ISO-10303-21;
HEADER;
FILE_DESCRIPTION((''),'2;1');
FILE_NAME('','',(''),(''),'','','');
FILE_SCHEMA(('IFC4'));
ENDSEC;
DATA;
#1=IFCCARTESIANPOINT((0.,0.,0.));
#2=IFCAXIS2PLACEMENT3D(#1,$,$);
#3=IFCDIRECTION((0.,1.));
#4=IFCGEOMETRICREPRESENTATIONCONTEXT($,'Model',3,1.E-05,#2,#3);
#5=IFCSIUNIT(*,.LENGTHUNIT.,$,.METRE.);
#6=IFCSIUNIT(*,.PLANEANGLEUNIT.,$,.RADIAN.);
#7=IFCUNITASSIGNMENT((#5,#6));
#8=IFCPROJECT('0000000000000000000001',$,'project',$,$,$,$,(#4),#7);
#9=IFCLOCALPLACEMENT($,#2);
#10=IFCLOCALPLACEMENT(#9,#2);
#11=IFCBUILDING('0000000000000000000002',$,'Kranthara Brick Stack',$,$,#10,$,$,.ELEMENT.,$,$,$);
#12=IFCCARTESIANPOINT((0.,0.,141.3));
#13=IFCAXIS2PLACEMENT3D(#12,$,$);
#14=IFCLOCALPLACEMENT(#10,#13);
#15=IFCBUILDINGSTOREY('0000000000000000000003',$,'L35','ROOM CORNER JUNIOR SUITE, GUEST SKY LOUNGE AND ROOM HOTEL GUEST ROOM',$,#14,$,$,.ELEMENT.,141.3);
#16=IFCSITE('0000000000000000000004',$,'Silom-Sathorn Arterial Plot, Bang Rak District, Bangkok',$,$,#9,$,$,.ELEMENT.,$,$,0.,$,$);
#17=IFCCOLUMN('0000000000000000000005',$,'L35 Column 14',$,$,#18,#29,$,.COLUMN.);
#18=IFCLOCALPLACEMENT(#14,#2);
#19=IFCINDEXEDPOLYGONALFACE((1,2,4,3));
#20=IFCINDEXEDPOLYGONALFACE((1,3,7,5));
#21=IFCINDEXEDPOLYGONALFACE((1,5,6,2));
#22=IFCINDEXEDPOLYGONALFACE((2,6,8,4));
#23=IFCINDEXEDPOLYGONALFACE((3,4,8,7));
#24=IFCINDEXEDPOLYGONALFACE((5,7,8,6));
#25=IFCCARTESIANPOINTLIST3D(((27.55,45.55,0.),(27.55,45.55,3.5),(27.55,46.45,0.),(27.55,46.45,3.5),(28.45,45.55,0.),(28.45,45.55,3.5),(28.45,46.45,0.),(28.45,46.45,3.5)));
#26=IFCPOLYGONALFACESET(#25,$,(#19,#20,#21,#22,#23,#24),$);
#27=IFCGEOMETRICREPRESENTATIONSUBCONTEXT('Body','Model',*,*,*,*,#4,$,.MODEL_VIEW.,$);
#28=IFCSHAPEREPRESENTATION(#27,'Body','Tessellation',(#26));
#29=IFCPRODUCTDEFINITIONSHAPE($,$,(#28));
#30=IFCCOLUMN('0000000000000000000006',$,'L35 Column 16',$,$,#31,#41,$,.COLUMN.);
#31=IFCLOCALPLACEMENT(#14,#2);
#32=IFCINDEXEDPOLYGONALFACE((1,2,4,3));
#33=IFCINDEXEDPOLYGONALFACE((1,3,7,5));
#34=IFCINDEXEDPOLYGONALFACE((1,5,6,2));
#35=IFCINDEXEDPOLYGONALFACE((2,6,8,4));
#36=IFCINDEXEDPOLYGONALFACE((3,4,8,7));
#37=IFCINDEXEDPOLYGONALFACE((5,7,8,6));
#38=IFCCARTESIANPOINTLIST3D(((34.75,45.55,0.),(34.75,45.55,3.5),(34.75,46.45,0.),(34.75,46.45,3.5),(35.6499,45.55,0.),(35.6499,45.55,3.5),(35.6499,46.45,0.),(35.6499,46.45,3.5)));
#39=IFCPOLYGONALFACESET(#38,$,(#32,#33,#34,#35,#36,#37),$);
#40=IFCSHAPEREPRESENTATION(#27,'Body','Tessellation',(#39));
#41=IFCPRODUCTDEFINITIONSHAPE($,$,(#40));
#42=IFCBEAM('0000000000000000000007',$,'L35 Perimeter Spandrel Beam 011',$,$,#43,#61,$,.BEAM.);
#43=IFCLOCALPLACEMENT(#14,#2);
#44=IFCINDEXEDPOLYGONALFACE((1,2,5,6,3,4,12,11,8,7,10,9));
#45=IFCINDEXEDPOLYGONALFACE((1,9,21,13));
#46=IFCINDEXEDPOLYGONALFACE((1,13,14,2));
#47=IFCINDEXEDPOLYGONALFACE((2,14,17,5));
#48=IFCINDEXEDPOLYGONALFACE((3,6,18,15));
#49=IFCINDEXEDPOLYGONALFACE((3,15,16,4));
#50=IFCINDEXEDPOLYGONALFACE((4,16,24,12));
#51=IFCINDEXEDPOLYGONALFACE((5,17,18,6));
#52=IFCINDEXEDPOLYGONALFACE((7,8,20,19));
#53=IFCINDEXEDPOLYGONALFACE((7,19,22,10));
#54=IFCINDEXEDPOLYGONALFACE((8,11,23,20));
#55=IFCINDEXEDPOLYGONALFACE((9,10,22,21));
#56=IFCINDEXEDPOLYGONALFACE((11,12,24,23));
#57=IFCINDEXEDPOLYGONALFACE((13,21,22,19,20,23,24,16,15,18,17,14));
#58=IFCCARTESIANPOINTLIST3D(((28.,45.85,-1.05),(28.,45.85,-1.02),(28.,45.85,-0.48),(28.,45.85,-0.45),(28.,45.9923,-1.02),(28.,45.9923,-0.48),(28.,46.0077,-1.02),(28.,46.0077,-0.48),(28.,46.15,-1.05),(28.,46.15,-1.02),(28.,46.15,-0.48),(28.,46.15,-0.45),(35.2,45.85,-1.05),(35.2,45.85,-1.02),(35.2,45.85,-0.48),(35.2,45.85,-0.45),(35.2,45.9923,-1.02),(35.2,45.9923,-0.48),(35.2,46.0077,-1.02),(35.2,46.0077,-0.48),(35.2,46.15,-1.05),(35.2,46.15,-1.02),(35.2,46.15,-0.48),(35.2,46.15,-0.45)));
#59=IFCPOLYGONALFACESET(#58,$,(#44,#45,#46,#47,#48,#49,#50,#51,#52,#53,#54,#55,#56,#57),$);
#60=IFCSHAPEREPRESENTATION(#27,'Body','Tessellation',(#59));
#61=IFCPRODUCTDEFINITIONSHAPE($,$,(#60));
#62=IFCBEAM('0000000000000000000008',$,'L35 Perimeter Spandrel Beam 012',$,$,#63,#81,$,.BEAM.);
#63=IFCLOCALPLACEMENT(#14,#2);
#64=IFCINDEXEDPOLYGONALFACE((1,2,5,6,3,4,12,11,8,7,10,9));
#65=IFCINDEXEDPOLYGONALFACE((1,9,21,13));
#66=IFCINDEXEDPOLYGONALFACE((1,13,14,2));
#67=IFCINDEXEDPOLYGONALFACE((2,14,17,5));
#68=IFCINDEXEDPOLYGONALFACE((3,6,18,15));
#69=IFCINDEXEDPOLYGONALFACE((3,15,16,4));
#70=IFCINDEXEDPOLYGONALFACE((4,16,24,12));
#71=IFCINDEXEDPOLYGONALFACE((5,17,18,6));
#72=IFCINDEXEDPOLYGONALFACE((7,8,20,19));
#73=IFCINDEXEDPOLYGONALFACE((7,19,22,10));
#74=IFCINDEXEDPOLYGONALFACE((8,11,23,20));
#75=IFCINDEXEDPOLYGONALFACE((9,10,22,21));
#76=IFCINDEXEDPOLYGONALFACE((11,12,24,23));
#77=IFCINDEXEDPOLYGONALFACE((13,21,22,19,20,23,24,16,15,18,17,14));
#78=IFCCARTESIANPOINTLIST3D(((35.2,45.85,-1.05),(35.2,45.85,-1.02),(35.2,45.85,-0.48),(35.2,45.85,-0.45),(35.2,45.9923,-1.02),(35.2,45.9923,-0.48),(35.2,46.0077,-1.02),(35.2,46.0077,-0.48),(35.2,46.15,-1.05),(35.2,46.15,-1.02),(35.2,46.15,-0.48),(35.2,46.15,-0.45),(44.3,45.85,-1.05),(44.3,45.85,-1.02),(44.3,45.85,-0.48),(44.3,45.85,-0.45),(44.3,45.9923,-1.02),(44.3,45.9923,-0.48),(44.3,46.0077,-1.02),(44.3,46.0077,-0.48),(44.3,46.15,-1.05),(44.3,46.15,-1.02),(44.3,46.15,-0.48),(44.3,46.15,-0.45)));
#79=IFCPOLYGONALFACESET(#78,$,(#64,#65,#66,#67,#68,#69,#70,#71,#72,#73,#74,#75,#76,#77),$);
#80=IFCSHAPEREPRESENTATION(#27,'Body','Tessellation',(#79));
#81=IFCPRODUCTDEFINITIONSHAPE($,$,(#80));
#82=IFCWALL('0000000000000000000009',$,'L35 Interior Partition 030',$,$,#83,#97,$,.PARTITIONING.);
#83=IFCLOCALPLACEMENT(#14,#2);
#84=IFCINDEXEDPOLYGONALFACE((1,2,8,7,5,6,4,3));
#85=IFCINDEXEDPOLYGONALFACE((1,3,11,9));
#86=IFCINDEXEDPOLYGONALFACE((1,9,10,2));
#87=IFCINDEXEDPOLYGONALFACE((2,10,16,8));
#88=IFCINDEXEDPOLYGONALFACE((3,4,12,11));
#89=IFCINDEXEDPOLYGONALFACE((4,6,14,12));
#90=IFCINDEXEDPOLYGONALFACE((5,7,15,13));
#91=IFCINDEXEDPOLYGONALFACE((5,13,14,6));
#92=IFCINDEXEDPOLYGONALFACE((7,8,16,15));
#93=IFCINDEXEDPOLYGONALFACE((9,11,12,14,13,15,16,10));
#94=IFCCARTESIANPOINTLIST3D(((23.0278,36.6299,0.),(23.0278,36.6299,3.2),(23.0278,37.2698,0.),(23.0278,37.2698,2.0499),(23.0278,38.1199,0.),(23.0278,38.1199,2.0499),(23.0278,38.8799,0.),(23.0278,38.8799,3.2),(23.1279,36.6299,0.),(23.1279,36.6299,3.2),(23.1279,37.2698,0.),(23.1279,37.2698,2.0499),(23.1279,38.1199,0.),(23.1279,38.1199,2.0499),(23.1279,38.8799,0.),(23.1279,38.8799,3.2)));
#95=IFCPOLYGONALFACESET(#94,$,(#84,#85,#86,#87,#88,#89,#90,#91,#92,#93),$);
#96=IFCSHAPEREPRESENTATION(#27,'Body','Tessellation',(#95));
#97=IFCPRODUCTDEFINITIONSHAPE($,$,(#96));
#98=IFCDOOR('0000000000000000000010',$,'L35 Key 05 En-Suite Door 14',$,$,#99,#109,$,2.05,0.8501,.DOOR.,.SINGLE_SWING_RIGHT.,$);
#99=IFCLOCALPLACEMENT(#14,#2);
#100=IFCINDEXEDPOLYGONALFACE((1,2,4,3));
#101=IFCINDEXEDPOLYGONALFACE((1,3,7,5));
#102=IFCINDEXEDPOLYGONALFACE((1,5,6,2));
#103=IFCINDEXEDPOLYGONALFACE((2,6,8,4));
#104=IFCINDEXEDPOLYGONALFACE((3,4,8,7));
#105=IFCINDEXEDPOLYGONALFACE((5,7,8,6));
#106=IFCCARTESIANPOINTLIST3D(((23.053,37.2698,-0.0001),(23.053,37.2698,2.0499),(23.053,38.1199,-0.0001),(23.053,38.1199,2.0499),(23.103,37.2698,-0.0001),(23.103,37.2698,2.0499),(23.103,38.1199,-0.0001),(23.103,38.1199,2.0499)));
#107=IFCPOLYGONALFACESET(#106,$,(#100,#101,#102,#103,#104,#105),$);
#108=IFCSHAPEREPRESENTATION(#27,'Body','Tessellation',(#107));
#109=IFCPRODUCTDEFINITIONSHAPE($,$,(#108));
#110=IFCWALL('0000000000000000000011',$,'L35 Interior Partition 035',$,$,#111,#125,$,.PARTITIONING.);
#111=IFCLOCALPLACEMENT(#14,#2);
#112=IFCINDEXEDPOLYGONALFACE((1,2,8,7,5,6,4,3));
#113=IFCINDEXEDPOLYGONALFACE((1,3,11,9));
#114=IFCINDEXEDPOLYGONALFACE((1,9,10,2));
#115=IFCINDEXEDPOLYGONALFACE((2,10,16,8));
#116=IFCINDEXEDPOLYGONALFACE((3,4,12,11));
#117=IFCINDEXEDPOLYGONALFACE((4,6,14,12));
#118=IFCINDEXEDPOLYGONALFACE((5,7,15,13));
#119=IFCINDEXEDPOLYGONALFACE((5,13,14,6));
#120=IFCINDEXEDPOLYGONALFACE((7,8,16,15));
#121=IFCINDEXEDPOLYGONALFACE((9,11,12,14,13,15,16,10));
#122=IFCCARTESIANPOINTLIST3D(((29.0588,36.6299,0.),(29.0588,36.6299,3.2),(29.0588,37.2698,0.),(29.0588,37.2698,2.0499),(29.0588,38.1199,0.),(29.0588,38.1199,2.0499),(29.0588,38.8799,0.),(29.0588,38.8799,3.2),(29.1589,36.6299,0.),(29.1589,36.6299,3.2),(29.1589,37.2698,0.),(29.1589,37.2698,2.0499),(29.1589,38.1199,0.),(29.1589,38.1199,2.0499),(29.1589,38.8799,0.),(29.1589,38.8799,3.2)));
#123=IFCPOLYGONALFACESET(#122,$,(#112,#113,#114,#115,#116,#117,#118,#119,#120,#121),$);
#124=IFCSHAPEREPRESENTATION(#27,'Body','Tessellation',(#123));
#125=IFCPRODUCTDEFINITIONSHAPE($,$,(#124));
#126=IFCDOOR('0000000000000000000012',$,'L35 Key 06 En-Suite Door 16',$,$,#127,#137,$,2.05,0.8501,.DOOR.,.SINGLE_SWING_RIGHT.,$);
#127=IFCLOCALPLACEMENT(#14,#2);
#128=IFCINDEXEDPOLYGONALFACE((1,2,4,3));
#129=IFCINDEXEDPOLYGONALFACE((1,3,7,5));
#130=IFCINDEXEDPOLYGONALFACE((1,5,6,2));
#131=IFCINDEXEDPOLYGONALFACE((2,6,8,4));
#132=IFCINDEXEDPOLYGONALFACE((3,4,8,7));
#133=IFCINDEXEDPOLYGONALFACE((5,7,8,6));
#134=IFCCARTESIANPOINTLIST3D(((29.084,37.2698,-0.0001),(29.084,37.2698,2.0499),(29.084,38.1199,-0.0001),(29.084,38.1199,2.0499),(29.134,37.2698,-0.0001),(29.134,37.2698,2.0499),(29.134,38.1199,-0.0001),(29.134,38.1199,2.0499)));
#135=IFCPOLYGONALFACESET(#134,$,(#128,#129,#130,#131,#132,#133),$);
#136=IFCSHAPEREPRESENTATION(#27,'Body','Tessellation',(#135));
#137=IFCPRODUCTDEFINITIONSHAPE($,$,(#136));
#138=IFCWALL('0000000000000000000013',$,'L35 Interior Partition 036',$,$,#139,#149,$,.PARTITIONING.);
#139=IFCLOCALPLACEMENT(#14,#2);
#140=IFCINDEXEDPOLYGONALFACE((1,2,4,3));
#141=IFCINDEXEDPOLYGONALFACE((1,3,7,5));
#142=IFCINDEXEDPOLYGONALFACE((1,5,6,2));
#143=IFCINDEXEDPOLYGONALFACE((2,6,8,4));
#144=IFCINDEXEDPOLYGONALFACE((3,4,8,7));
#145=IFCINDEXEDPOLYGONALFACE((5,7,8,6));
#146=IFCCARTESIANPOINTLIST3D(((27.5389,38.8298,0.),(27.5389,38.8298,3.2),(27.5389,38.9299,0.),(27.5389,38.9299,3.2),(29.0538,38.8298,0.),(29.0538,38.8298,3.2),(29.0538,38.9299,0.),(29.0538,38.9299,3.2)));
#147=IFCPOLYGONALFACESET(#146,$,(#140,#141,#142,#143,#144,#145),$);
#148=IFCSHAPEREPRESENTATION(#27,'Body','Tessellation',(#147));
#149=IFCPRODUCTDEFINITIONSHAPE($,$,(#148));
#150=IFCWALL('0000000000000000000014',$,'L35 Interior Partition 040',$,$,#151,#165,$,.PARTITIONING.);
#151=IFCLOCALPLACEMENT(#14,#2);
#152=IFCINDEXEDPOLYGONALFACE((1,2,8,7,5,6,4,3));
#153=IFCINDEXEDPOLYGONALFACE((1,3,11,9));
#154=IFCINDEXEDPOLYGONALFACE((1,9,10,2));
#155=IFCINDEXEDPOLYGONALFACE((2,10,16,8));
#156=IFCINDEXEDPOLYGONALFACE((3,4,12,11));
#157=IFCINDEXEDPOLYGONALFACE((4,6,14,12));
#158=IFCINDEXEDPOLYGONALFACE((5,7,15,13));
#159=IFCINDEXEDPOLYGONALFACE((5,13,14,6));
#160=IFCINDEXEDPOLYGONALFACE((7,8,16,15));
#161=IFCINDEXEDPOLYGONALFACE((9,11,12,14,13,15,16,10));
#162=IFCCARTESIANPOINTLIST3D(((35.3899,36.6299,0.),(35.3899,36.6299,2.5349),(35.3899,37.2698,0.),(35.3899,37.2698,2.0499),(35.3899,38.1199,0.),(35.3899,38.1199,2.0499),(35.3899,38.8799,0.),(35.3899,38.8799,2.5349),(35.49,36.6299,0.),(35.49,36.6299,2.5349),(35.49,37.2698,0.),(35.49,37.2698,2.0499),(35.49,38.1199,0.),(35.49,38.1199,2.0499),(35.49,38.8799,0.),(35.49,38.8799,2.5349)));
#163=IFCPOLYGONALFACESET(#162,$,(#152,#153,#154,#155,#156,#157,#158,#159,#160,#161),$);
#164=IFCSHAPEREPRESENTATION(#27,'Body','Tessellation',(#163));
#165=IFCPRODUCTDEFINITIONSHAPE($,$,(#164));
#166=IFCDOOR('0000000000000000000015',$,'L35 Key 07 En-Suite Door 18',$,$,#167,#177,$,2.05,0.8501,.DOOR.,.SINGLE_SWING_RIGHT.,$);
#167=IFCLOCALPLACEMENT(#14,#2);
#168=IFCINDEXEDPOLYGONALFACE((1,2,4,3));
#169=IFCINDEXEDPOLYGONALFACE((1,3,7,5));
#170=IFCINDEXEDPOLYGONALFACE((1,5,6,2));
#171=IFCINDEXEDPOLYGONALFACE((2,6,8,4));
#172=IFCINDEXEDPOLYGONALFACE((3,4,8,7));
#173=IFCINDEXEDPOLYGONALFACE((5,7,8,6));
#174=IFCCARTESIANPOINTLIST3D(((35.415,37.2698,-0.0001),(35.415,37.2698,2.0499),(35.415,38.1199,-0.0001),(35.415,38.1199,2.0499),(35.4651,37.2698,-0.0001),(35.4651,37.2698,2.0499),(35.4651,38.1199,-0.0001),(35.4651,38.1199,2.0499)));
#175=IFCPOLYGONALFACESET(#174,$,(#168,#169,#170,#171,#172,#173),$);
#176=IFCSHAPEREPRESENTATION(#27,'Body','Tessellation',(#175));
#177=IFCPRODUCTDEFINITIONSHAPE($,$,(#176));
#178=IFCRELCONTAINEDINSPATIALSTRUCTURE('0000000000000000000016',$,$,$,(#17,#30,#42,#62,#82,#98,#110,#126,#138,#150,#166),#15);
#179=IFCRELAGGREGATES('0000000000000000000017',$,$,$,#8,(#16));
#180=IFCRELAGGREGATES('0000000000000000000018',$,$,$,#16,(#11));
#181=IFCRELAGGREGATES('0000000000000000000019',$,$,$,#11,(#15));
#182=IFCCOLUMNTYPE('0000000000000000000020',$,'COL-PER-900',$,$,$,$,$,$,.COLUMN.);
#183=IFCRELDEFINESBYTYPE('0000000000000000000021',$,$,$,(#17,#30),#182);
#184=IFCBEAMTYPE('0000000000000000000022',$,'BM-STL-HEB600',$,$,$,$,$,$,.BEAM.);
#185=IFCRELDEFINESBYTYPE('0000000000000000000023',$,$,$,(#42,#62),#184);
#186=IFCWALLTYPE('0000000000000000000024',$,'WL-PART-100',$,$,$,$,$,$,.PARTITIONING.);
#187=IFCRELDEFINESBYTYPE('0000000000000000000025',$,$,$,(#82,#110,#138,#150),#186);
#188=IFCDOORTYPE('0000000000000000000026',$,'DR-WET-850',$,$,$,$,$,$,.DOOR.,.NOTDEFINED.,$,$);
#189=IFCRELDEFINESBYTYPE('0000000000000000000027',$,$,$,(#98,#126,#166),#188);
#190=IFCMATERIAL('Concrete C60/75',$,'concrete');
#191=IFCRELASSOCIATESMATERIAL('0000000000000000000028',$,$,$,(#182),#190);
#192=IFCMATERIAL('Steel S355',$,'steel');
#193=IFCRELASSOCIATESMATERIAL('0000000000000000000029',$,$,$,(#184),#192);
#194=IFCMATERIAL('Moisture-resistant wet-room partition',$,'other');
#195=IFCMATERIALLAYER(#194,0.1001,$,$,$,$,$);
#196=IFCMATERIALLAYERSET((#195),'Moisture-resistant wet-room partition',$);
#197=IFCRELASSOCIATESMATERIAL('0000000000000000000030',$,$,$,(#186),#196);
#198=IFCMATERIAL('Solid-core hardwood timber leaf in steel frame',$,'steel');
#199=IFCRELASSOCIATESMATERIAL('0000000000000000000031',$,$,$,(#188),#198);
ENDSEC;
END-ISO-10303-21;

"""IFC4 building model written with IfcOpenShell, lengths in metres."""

from ifc_helpers import new_model, si_unit, direction, frame, frame_2d, origin, origin_2d, place, context, subcontext, project, spatial, rectangle, i_section, extrude, material, layer, layer_set, material_profile, profile_set, type_object, element, fill, save


model = new_model("IFC4")

# Units and contexts
model_context = context("Model", 3, precision=1e-05, world=origin(), true_north=direction((0.0, 1.0)))
body_context = subcontext(model_context, "Body", "Model", "MODEL_VIEW")
ifc_project = project(units=[si_unit("LENGTHUNIT", "METRE"), si_unit("PLANEANGLEUNIT", "RADIAN")], contexts=[model_context])

# Site, building, storey
site_placement = place(None, origin())
site = spatial("IfcSite", under=ifc_project, at=site_placement, Name="Silom-Sathorn Arterial Plot, Bang Rak District, Bangkok", CompositionType="ELEMENT", RefElevation=0.0)
building_placement = place(site_placement, origin())
building = spatial("IfcBuilding", under=site, at=building_placement, Name="Kranthara Brick Stack", CompositionType="ELEMENT")
storey_placement = place(building_placement, frame((0.0, 0.0, 141.3)))
storey = spatial("IfcBuildingStorey", under=building, at=storey_placement, Name="L35", Description="ROOM CORNER JUNIOR SUITE, GUEST SKY LOUNGE AND ROOM HOTEL GUEST ROOM", CompositionType="ELEMENT", Elevation=141.3)

# Columns
ifc_material_1 = material(Name="Concrete C60/75", Category="concrete")
ifc_material_profile_1 = material_profile(ifc_material_1, rectangle(XDim=0.8999, YDim=0.8999, at=origin_2d()), Name="RC 900x900")
ifc_profile_set_1 = profile_set([ifc_material_profile_1], Name="Concrete C60/75")
column_type = type_object("IfcColumnType", Name="COL-PER-900", PredefinedType="COLUMN", material=ifc_profile_set_1)
for number, where, z_axis, x_axis, name in (
    (1, (28.0, 46.0, 0.0), (0.0, 0.0, 1.0), (1.0, 0.0, 0.0), "L35 Column 14"),
    (2, (35.2, 46.0, 0.0), (0.0, 0.0, 1.0), (1.0, 0.0, 0.0), "L35 Column 16"),
):
    element("IfcColumn", number, at=place(storey_placement, frame(where, z_axis=z_axis, x_axis=x_axis)), inside=storey, type_object=column_type, Name=name, PredefinedType="COLUMN", context=body_context, shape_type="SweptSolid", body=[
        extrude(rectangle(XDim=0.8999, YDim=0.8999, at=origin_2d()), origin(), (0.0, 0.0, 1.0), 3.5),
    ])

# Beams
ifc_material_2 = material(Name="Steel S355", Category="steel")
ifc_material_profile_2 = material_profile(ifc_material_2, i_section(OverallWidth=0.3, OverallDepth=0.6001, WebThickness=0.0154, FlangeThickness=0.03, at=origin_2d()), Name="HEB 600")
ifc_profile_set_2 = profile_set([ifc_material_profile_2], Name="Steel S355")
beam_type = type_object("IfcBeamType", Name="BM-STL-HEB600", PredefinedType="BEAM", material=ifc_profile_set_2)
beam_1_placement = place(storey_placement, frame((28.0, 46.0, -0.75), z_axis=(1.0, 0.0, 0.0), x_axis=(0.0, 1.0, 0.0)))
element("IfcBeam", 3, at=beam_1_placement, inside=storey, type_object=beam_type, Name="L35 Perimeter Spandrel Beam 011", PredefinedType="BEAM", context=body_context, shape_type="SweptSolid", body=[
    extrude(i_section(OverallWidth=0.3, OverallDepth=0.6001, WebThickness=0.0154, FlangeThickness=0.03, at=origin_2d()), origin(), (0.0, 0.0, 1.0), 7.2),
])
beam_2_placement = place(storey_placement, frame((35.2, 46.0, -0.75), z_axis=(1.0, 0.0, 0.0), x_axis=(0.0, 1.0, 0.0)))
element("IfcBeam", 4, at=beam_2_placement, inside=storey, type_object=beam_type, Name="L35 Perimeter Spandrel Beam 012", PredefinedType="BEAM", context=body_context, shape_type="SweptSolid", body=[
    extrude(i_section(OverallWidth=0.3, OverallDepth=0.6001, WebThickness=0.0154, FlangeThickness=0.03, at=origin_2d()), origin(), (0.0, 0.0, 1.0), 9.1001),
])

# Walls, openings, doors
ifc_material_3 = material(Name="Moisture-resistant wet-room partition", Category="other")
ifc_layer_1 = layer(ifc_material_3, 0.1001)
ifc_layer_set_1 = layer_set([ifc_layer_1], Name="Moisture-resistant wet-room partition")
wall_type_1 = type_object("IfcWallType", Name="WL-PART-100", PredefinedType="PARTITIONING", material=ifc_layer_set_1)
wall_1_placement = place(storey_placement, frame((23.0779, 36.6299, 0.0), z_axis=(0.0, 0.0, 1.0), x_axis=(0.0, 1.0, 0.0)))
wall_1 = element("IfcWall", 5, at=wall_1_placement, inside=storey, type_object=wall_type_1, Name="L35 Interior Partition 030", PredefinedType="PARTITIONING", context=body_context, shape_type="SweptSolid", body=[
    extrude(rectangle(XDim=2.25, YDim=0.1001, at=frame_2d((1.125, 0.0))), origin(), (0.0, 0.0, 1.0), 3.2),
])
opening_1_placement = place(wall_1_placement, frame((0.6399, 0.0, 0.0)))
opening_1 = element("IfcOpeningElement", 6, at=opening_1_placement, cuts=wall_1, PredefinedType="OPENING", context=body_context, shape_type="SweptSolid", body=[
    extrude(rectangle(XDim=0.8501, YDim=2.05, at=frame_2d((0.425, 1.0249))), frame((0.0, 0.0601, 0.0), z_axis=(0.0, -1.0, 0.0), x_axis=(1.0, 0.0, 0.0)), (0.0, 0.0, 1.0), 0.1201),
])
ifc_material_4 = material(Name="Solid-core hardwood timber leaf in steel frame", Category="steel")
door_type_1 = type_object("IfcDoorType", Name="DR-WET-850", OperationType="NOTDEFINED", PredefinedType="DOOR", material=ifc_material_4)
door_1_placement = place(opening_1_placement, origin())
door_1 = element("IfcDoor", 7, at=door_1_placement, inside=storey, type_object=door_type_1, Name="L35 Key 05 En-Suite Door 14", OperationType="SINGLE_SWING_RIGHT", OverallHeight=2.05, OverallWidth=0.8501, PredefinedType="DOOR", context=body_context, shape_type="SweptSolid", body=[
    extrude(rectangle(XDim=0.8501, YDim=2.05, at=frame_2d((0.425, 1.0249))), frame((0.0, 0.0249, 0.0), z_axis=(0.0, -1.0, 0.0), x_axis=(1.0, 0.0, 0.0)), (0.0, 0.0, 1.0), 0.05),
])
fill(opening_1, door_1)
wall_2_placement = place(storey_placement, frame((29.1089, 36.6299, 0.0), z_axis=(0.0, 0.0, 1.0), x_axis=(0.0, 1.0, 0.0)))
wall_2 = element("IfcWall", 8, at=wall_2_placement, inside=storey, type_object=wall_type_1, Name="L35 Interior Partition 035", PredefinedType="PARTITIONING", context=body_context, shape_type="SweptSolid", body=[
    extrude(rectangle(XDim=2.25, YDim=0.1001, at=frame_2d((1.125, 0.0))), origin(), (0.0, 0.0, 1.0), 3.2),
])
opening_2_placement = place(wall_2_placement, frame((0.6399, 0.0, 0.0)))
opening_2 = element("IfcOpeningElement", 9, at=opening_2_placement, cuts=wall_2, PredefinedType="OPENING", context=body_context, shape_type="SweptSolid", body=[
    extrude(rectangle(XDim=0.8501, YDim=2.05, at=frame_2d((0.425, 1.0249))), frame((0.0, 0.0601, 0.0), z_axis=(0.0, -1.0, 0.0), x_axis=(1.0, 0.0, 0.0)), (0.0, 0.0, 1.0), 0.1201),
])
door_2_placement = place(opening_2_placement, origin())
door_2 = element("IfcDoor", 10, at=door_2_placement, inside=storey, type_object=door_type_1, Name="L35 Key 06 En-Suite Door 16", OperationType="SINGLE_SWING_RIGHT", OverallHeight=2.05, OverallWidth=0.8501, PredefinedType="DOOR", context=body_context, shape_type="SweptSolid", body=[
    extrude(rectangle(XDim=0.8501, YDim=2.05, at=frame_2d((0.425, 1.0249))), frame((0.0, 0.0249, 0.0), z_axis=(0.0, -1.0, 0.0), x_axis=(1.0, 0.0, 0.0)), (0.0, 0.0, 1.0), 0.05),
])
fill(opening_2, door_2)

# Wall
wall_3_placement = place(storey_placement, frame((27.5391, 38.8799, 0.0), z_axis=(0.0, 0.0, 1.0), x_axis=(1.0, 0.0, 0.0)))
element("IfcWall", 11, at=wall_3_placement, inside=storey, type_object=wall_type_1, Name="L35 Interior Partition 036", PredefinedType="PARTITIONING", context=body_context, shape_type="SweptSolid", body=[
    extrude(rectangle(XDim=1.5149, YDim=0.1001, at=frame_2d((0.7573, 0.0))), origin(), (0.0, 0.0, 1.0), 3.2),
])

# Wall, opening, door
wall_4_placement = place(storey_placement, frame((35.4399, 36.6299, 0.0), z_axis=(0.0, 0.0, 1.0), x_axis=(0.0, 1.0, 0.0)))
wall_4 = element("IfcWall", 12, at=wall_4_placement, inside=storey, type_object=wall_type_1, Name="L35 Interior Partition 040", PredefinedType="PARTITIONING", context=body_context, shape_type="SweptSolid", body=[
    extrude(rectangle(XDim=2.25, YDim=0.1001, at=frame_2d((1.125, 0.0))), origin(), (0.0, 0.0, 1.0), 2.5349),
])
opening_3_placement = place(wall_4_placement, frame((0.6399, 0.0, 0.0)))
opening_3 = element("IfcOpeningElement", 13, at=opening_3_placement, cuts=wall_4, PredefinedType="OPENING", context=body_context, shape_type="SweptSolid", body=[
    extrude(rectangle(XDim=0.8501, YDim=2.05, at=frame_2d((0.425, 1.0249))), frame((0.0, 0.0601, 0.0), z_axis=(0.0, -1.0, 0.0), x_axis=(1.0, 0.0, 0.0)), (0.0, 0.0, 1.0), 0.1201),
])
door_3_placement = place(opening_3_placement, origin())
door_3 = element("IfcDoor", 14, at=door_3_placement, inside=storey, type_object=door_type_1, Name="L35 Key 07 En-Suite Door 18", OperationType="SINGLE_SWING_RIGHT", OverallHeight=2.05, OverallWidth=0.8501, PredefinedType="DOOR", context=body_context, shape_type="SweptSolid", body=[
    extrude(rectangle(XDim=0.8501, YDim=2.05, at=frame_2d((0.425, 1.0249))), frame((0.0, 0.0249, 0.0), z_axis=(0.0, -1.0, 0.0), x_axis=(1.0, 0.0, 0.0)), (0.0, 0.0, 1.0), 0.05),
])
fill(opening_3, door_3)

save(model, "model.ifc")
